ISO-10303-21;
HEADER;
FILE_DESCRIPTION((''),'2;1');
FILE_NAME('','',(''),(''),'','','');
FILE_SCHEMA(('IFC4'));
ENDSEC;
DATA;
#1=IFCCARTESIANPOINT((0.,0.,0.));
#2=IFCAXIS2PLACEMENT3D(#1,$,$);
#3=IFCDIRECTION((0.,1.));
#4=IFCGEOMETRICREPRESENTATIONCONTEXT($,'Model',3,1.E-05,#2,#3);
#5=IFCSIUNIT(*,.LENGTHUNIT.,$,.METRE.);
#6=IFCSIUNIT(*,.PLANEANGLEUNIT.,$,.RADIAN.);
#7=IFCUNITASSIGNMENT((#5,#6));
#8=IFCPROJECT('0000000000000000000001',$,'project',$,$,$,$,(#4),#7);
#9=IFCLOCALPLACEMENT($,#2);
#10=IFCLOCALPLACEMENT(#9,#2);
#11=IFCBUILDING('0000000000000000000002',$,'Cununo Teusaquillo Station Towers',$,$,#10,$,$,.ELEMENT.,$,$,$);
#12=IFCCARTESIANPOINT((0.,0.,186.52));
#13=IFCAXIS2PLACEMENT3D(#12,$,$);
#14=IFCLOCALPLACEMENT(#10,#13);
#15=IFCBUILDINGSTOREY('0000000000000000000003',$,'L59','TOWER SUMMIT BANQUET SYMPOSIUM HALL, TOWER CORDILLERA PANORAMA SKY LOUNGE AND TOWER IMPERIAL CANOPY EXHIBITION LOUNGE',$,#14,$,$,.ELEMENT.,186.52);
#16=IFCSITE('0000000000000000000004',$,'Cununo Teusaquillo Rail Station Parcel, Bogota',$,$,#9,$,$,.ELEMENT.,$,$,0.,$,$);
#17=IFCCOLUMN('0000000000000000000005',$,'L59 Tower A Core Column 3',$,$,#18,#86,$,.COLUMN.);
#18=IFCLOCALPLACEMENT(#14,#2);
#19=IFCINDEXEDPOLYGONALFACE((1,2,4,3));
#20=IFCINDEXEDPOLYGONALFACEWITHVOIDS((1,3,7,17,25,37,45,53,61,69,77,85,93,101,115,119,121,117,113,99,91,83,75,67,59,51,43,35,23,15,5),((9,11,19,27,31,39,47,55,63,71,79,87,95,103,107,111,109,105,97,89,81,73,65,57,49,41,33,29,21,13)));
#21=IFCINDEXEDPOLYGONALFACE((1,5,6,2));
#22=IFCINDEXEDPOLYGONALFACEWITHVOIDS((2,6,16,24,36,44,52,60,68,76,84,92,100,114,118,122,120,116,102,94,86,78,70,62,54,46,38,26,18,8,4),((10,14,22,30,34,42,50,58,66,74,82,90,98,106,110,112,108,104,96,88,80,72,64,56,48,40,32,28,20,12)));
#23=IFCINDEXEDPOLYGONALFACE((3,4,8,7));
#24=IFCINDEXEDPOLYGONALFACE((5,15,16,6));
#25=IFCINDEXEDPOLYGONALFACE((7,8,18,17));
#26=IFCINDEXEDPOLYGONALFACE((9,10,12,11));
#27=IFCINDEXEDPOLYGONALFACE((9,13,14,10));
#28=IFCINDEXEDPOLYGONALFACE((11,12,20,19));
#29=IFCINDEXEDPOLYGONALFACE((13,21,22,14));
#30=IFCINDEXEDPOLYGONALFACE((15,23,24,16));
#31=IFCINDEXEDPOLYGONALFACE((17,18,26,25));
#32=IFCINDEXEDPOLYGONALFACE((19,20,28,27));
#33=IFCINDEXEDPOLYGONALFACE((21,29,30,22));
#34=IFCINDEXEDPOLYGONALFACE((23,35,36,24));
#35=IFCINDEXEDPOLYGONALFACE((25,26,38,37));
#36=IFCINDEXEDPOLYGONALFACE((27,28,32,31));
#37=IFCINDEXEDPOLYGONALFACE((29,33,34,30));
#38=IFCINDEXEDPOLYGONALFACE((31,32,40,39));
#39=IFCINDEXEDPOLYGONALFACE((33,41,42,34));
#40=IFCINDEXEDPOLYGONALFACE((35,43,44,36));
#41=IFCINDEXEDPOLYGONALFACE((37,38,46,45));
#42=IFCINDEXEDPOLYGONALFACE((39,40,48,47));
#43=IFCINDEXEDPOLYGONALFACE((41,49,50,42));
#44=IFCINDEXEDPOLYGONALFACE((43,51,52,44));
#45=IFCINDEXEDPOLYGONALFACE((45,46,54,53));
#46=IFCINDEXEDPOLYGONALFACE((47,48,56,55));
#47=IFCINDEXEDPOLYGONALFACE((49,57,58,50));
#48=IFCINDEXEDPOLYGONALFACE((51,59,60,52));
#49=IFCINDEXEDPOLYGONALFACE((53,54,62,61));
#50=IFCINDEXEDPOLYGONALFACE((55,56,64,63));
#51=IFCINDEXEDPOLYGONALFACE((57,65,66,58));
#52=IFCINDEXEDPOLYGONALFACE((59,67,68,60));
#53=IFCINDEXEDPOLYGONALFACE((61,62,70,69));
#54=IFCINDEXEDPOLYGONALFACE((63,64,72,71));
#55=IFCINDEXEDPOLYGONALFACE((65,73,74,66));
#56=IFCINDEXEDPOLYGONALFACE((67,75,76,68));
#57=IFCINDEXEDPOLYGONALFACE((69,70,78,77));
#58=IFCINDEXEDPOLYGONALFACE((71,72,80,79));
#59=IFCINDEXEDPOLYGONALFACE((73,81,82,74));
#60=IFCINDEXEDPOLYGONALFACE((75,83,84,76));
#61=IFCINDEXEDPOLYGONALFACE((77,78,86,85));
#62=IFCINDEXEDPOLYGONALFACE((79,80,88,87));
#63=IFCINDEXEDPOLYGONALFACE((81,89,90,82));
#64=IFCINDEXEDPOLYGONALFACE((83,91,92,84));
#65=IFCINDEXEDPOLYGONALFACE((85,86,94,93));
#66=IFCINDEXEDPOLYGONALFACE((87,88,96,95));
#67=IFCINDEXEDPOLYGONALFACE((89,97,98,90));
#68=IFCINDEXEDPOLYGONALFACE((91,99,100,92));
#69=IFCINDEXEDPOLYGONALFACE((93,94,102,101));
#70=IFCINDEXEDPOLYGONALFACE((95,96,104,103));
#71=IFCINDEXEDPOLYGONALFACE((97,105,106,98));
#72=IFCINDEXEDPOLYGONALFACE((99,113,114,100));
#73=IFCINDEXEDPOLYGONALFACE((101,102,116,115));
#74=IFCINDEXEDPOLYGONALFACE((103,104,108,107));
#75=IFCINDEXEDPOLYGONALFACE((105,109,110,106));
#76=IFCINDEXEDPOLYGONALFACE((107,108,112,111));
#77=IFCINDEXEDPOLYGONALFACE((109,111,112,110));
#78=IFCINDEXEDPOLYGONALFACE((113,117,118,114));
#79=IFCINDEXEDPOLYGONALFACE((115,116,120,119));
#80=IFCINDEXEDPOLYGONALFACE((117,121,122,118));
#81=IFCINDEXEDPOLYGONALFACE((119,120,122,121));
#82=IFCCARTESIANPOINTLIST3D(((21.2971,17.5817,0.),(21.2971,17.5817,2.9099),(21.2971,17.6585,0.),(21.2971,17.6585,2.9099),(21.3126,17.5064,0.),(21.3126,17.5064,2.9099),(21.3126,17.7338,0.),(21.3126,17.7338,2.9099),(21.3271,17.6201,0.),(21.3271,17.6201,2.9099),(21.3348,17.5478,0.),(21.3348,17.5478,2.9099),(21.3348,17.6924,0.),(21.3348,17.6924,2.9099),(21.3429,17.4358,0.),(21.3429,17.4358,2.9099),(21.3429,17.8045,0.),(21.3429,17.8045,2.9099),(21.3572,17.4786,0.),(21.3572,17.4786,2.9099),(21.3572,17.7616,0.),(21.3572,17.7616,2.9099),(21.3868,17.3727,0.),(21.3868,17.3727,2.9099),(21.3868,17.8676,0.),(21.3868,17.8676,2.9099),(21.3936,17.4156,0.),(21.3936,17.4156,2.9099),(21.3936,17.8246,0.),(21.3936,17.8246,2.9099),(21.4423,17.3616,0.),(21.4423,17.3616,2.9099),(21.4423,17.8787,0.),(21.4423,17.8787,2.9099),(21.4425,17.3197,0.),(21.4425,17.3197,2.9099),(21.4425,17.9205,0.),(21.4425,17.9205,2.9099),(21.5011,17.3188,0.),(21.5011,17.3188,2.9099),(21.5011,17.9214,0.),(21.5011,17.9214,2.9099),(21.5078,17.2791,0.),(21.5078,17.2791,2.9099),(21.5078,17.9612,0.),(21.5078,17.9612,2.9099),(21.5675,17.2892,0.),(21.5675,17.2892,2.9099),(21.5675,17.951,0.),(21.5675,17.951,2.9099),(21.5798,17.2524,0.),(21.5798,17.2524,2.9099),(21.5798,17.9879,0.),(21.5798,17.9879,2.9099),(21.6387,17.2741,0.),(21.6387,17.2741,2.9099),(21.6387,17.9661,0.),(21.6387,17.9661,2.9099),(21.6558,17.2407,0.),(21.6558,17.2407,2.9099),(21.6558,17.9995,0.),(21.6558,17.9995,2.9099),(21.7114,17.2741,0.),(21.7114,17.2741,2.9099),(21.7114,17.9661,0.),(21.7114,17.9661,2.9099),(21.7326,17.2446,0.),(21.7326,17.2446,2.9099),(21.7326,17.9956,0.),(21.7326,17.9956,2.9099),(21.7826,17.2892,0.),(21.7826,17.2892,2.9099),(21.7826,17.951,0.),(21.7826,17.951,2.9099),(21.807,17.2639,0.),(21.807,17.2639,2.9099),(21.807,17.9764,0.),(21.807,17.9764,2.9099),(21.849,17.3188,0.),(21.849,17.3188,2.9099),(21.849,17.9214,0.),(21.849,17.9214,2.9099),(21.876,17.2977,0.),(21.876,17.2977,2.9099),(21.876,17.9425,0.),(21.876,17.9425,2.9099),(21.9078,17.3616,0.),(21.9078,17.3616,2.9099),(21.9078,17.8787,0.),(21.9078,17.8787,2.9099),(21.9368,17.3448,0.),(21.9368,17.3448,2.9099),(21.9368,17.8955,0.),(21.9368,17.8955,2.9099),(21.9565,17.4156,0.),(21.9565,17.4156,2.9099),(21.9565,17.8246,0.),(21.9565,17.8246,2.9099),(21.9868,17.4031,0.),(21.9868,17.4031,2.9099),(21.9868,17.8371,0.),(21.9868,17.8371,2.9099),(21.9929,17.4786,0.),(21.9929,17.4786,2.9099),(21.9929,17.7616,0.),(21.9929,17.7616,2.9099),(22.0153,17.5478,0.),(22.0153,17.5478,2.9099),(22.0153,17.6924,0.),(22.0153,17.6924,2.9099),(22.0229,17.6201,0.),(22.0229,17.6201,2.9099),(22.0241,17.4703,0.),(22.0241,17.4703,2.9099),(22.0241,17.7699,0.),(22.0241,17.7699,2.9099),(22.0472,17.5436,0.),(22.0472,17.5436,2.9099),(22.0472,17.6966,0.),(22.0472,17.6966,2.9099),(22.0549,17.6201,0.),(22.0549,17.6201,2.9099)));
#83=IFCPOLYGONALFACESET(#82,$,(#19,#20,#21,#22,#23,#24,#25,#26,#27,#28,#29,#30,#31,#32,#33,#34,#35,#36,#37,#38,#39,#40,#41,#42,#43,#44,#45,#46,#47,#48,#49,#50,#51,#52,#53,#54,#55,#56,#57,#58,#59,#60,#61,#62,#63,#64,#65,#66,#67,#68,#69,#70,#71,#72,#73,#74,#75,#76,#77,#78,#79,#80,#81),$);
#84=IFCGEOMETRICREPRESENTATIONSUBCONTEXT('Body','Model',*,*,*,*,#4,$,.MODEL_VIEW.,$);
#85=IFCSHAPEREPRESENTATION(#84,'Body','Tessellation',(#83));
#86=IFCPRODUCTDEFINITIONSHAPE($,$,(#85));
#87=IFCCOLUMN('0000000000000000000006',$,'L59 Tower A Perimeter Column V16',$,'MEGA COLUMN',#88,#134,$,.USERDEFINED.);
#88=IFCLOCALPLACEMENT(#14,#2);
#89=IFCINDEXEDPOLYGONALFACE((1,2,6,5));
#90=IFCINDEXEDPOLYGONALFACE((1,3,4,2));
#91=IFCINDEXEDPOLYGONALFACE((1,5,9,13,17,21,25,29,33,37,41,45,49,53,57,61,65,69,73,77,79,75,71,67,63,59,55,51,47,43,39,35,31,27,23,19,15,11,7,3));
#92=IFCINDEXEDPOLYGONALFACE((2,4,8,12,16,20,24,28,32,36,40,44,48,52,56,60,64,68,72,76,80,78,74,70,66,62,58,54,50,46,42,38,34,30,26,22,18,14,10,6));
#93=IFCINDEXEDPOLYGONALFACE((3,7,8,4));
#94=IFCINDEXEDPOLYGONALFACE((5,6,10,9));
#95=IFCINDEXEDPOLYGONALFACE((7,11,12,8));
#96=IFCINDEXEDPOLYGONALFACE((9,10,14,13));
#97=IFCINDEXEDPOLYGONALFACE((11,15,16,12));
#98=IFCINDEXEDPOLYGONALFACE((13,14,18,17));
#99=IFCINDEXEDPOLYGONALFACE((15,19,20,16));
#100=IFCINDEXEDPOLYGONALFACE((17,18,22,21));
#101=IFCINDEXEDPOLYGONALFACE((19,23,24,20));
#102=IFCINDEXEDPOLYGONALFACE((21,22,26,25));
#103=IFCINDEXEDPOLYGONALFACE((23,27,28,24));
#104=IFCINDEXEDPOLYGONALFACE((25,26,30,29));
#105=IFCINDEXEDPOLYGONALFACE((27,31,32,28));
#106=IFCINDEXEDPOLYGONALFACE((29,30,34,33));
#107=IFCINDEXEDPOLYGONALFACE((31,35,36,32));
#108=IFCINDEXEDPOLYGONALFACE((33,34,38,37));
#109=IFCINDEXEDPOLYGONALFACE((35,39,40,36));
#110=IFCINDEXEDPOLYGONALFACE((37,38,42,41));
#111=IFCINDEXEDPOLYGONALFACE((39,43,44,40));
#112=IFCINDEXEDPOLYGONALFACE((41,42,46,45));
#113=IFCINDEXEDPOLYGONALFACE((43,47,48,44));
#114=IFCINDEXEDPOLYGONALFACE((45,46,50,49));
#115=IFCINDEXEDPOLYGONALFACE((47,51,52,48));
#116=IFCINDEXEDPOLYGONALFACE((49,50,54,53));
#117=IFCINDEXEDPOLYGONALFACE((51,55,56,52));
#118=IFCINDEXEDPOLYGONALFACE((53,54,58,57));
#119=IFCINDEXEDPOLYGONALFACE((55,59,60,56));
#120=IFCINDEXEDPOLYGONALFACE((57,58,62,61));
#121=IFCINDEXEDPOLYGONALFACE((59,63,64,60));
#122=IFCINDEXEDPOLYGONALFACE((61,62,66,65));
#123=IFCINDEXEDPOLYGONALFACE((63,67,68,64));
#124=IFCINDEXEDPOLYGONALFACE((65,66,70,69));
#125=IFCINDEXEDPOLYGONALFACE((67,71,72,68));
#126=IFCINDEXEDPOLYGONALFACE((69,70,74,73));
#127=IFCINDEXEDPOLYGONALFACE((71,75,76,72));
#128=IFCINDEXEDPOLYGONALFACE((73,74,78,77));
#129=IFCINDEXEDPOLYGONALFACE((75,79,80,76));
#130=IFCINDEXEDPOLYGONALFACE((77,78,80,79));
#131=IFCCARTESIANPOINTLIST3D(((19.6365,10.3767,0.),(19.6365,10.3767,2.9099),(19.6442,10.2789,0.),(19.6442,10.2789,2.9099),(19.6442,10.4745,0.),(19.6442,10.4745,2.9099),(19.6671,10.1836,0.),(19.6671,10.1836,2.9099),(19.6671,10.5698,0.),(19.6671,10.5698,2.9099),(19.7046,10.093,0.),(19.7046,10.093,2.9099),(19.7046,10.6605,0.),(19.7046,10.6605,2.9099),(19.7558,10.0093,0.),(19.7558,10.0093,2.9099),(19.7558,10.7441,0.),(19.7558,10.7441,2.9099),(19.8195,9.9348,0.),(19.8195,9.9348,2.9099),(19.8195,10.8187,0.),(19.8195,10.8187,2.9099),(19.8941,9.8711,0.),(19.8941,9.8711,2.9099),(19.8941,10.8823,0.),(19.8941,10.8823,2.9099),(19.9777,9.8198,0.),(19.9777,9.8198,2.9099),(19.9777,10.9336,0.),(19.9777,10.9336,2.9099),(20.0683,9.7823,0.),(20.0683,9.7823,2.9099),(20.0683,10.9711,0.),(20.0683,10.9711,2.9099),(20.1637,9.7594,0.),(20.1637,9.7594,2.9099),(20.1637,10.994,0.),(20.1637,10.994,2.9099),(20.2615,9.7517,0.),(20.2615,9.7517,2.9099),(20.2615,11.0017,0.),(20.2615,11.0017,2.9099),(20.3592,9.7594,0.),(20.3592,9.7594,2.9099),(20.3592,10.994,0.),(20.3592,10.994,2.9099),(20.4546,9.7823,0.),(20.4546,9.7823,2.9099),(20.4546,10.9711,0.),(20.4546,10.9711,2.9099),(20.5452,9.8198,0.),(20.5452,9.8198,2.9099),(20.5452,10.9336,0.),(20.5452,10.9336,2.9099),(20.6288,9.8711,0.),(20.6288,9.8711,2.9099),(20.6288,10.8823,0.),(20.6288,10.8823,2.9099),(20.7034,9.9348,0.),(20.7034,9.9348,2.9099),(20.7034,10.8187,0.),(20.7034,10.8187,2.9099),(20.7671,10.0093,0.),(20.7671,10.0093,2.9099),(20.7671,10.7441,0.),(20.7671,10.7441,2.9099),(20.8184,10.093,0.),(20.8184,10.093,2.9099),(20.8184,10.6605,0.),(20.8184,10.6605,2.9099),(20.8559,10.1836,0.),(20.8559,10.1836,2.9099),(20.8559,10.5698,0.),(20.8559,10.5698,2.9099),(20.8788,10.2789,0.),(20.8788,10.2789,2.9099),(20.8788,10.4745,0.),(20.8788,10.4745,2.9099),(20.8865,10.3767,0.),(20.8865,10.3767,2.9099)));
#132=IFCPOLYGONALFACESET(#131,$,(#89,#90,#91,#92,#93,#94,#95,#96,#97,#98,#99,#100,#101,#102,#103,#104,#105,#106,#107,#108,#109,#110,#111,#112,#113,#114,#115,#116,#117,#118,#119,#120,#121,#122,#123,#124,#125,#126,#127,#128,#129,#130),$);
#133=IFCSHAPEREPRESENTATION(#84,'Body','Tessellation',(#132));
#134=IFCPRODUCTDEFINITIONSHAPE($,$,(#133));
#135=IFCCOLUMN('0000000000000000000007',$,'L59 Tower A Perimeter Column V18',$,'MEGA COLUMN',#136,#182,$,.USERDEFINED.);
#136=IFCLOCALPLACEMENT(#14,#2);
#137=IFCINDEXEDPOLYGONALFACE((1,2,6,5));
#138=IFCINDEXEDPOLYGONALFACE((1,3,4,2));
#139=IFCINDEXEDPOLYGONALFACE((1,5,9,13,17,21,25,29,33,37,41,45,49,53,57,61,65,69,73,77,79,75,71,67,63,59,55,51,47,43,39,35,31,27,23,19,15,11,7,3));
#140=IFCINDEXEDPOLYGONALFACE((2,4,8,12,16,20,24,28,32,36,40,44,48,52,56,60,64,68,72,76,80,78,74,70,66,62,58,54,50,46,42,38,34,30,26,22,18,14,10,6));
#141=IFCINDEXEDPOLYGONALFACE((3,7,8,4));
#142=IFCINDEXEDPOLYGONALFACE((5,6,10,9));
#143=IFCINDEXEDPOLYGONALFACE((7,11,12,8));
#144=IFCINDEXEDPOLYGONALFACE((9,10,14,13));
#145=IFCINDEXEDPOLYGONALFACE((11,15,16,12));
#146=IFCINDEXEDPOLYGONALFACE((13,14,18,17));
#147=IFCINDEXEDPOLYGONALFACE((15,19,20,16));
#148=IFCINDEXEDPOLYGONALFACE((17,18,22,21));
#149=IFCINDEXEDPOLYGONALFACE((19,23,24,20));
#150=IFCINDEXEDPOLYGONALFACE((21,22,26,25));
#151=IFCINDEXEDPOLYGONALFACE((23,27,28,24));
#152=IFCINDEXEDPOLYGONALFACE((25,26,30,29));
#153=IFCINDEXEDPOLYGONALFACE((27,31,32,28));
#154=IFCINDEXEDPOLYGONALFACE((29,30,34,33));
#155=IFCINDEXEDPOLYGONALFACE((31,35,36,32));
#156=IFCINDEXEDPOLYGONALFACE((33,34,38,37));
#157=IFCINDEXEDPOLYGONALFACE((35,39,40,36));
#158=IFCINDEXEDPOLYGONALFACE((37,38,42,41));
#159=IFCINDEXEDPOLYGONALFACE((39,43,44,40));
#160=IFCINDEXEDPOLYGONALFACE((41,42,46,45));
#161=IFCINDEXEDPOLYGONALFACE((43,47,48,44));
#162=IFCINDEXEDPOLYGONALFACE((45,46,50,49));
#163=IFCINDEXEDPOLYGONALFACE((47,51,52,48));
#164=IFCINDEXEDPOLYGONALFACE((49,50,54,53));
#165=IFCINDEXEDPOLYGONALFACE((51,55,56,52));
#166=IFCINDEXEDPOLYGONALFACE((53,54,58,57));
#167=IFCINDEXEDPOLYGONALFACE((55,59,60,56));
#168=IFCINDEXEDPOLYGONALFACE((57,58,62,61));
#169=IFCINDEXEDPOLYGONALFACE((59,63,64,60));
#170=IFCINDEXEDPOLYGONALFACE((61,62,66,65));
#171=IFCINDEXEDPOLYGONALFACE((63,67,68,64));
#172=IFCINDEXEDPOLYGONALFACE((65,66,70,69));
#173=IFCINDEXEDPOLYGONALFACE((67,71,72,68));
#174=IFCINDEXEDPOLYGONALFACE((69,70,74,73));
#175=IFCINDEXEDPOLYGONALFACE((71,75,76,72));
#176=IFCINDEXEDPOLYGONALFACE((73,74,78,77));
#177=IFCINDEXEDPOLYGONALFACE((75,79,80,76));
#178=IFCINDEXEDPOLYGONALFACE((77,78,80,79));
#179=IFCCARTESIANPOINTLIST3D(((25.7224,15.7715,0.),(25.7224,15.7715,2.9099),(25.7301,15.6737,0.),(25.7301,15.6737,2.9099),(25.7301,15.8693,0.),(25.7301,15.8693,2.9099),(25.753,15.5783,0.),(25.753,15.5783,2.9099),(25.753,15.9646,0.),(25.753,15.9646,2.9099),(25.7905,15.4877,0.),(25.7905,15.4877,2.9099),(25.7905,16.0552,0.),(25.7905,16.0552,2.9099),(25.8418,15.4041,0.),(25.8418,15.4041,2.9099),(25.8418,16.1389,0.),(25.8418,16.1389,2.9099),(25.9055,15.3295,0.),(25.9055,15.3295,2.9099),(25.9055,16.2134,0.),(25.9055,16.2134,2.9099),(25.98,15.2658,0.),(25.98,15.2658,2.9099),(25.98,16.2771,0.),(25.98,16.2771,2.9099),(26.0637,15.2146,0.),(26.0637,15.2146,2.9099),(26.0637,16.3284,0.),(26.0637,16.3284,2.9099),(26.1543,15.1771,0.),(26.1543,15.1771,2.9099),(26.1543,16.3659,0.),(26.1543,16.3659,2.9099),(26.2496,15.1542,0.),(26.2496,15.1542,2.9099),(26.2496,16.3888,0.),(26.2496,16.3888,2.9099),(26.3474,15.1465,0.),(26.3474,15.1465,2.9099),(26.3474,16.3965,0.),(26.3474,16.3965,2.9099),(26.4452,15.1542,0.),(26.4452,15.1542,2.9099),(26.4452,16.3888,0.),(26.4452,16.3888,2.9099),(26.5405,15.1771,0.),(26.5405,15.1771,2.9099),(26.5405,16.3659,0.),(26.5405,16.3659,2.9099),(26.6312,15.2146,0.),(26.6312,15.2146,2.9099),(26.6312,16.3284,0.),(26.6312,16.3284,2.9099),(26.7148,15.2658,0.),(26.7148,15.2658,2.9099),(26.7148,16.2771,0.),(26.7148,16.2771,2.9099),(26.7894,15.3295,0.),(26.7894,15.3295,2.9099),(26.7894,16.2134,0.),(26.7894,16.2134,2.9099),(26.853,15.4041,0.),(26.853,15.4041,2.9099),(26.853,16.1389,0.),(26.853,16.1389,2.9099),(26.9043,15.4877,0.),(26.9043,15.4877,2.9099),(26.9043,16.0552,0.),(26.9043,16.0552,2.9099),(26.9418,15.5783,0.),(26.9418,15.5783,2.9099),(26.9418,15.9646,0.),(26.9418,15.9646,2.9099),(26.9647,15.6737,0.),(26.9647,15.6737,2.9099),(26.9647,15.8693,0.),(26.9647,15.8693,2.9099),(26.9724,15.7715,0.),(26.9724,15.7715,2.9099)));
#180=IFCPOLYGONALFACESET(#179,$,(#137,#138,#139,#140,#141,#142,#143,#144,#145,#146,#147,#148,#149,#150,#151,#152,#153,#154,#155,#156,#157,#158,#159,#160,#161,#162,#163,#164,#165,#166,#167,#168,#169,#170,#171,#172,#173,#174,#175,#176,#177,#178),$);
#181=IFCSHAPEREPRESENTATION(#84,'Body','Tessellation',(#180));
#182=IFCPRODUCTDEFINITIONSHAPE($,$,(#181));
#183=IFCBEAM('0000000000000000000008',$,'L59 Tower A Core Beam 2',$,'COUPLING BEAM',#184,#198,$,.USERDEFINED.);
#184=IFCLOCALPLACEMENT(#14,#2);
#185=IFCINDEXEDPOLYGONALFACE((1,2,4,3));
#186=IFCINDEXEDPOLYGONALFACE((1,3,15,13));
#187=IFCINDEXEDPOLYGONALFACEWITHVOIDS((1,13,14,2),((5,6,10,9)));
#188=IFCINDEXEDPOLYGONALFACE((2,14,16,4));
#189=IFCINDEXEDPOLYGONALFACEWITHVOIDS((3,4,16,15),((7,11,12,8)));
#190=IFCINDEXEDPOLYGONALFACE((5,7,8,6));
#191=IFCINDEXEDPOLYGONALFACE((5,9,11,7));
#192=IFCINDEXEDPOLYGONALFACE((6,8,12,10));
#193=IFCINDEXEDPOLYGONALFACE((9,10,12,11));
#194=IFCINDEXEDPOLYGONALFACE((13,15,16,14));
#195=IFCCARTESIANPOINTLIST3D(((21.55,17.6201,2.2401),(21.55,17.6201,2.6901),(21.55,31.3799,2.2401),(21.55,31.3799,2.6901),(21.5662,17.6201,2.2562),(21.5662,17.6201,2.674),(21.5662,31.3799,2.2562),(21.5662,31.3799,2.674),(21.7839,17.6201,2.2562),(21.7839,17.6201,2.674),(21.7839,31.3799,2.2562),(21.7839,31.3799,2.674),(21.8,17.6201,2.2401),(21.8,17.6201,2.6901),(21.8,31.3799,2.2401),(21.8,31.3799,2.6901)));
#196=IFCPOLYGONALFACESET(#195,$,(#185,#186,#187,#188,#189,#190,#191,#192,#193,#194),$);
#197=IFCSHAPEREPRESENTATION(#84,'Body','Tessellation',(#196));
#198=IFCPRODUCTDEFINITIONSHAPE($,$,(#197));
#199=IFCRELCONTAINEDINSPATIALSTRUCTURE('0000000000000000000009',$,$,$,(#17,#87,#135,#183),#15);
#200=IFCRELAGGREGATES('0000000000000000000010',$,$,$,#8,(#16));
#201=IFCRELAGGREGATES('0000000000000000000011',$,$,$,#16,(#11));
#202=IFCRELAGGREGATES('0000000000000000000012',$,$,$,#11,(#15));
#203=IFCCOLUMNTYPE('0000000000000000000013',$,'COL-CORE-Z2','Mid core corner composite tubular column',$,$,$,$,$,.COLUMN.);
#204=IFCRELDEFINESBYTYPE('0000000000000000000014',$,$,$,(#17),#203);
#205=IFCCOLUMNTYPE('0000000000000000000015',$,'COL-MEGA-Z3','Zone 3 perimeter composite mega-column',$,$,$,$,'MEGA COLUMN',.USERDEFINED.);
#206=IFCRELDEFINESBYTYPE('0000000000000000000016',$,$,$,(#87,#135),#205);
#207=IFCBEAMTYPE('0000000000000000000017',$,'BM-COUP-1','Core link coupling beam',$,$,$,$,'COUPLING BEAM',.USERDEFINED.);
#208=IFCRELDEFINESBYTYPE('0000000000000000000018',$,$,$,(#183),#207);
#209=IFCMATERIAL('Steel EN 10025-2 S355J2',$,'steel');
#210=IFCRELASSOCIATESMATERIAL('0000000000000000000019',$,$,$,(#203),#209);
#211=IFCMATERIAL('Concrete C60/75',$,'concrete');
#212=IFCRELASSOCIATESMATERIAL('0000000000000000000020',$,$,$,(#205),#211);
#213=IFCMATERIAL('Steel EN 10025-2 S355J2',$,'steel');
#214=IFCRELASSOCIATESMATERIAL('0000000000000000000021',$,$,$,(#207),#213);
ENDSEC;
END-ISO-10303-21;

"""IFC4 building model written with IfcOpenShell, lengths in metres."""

from ifc_helpers import new_model, si_unit, direction, frame, origin, origin_2d, place, context, subcontext, project, spatial, hollow_rectangle, circle, hollow_circle, extrude, material, material_profile, profile_set, type_object, element, save


model = new_model("IFC4")

# Units and contexts
model_context = context("Model", 3, precision=1e-05, world=origin(), true_north=direction((0.0, 1.0)))
body_context = subcontext(model_context, "Body", "Model", "MODEL_VIEW")
ifc_project = project(units=[si_unit("LENGTHUNIT", "METRE"), si_unit("PLANEANGLEUNIT", "RADIAN")], contexts=[model_context])

# Site, building, storey
site_placement = place(None, origin())
site = spatial("IfcSite", under=ifc_project, at=site_placement, Name="Cununo Teusaquillo Rail Station Parcel, Bogota", CompositionType="ELEMENT", RefElevation=0.0)
building_placement = place(site_placement, origin())
building = spatial("IfcBuilding", under=site, at=building_placement, Name="Cununo Teusaquillo Station Towers", CompositionType="ELEMENT")
storey_placement = place(building_placement, frame((0.0, 0.0, 186.52)))
storey = spatial("IfcBuildingStorey", under=building, at=storey_placement, Name="L59", Description="TOWER SUMMIT BANQUET SYMPOSIUM HALL, TOWER CORDILLERA PANORAMA SKY LOUNGE AND TOWER IMPERIAL CANOPY EXHIBITION LOUNGE", CompositionType="ELEMENT", Elevation=186.52)

# Columns
ifc_material_1 = material(Name="Steel EN 10025-2 S355J2", Category="steel")
ifc_material_profile_1 = material_profile(ifc_material_1, hollow_circle(Radius=0.3799, WallThickness=0.032, at=origin_2d()), Name="CHS 760x32")
ifc_profile_set_1 = profile_set([ifc_material_profile_1], Name="Steel EN 10025-2 S355J2")
column_type_1 = type_object("IfcColumnType", Name="COL-CORE-Z2", Description="Mid core corner composite tubular column", PredefinedType="COLUMN", material=ifc_profile_set_1)
column_placement = place(storey_placement, frame((21.675, 17.6201, 0.0), z_axis=(0.0, 0.0, 1.0), x_axis=(1.0, 0.0, 0.0)))
element("IfcColumn", 1, at=column_placement, inside=storey, type_object=column_type_1, Name="L59 Tower A Core Column 3", PredefinedType="COLUMN", context=body_context, shape_type="SweptSolid", body=[
    extrude(hollow_circle(Radius=0.3799, WallThickness=0.032, at=origin_2d()), origin(), (0.0, 0.0, 1.0), 2.9099),
])
ifc_material_2 = material(Name="Concrete C60/75", Category="concrete")
ifc_material_profile_2 = material_profile(ifc_material_2, circle(Radius=0.625, at=origin_2d()), Name="RC-CIRC-1250")
ifc_profile_set_2 = profile_set([ifc_material_profile_2], Name="Concrete C60/75")
column_type_2 = type_object("IfcColumnType", Name="COL-MEGA-Z3", Description="Zone 3 perimeter composite mega-column", ElementType="MEGA COLUMN", PredefinedType="USERDEFINED", material=ifc_profile_set_2)
for number, where, z_axis, x_axis, name in (
    (2, (20.2615, 10.3767, 0.0), (0.0, 0.0, 1.0), (1.0, 0.0, 0.0), "L59 Tower A Perimeter Column V16"),
    (3, (26.3474, 15.7715, 0.0), (0.0, 0.0, 1.0), (1.0, 0.0, 0.0), "L59 Tower A Perimeter Column V18"),
):
    element("IfcColumn", number, at=place(storey_placement, frame(where, z_axis=z_axis, x_axis=x_axis)), inside=storey, type_object=column_type_2, Name=name, ObjectType="MEGA COLUMN", PredefinedType="USERDEFINED", context=body_context, shape_type="SweptSolid", body=[
        extrude(circle(Radius=0.625, at=origin_2d()), origin(), (0.0, 0.0, 1.0), 2.9099),
    ])

# Beam
ifc_material_3 = material(Name="Steel EN 10025-2 S355J2", Category="steel")
ifc_material_profile_3 = material_profile(ifc_material_3, hollow_rectangle(XDim=0.25, YDim=0.45, WallThickness=0.0161, at=origin_2d()), Name="RHS 450x250x16")
ifc_profile_set_3 = profile_set([ifc_material_profile_3], Name="Steel EN 10025-2 S355J2")
beam_type_1 = type_object("IfcBeamType", Name="BM-COUP-1", Description="Core link coupling beam", ElementType="COUPLING BEAM", PredefinedType="USERDEFINED", material=ifc_profile_set_3)
beam_1_placement = place(storey_placement, frame((21.675, 17.6201, 2.4651), z_axis=(0.0, 1.0, 0.0), x_axis=(-1.0, 0.0, 0.0)))
element("IfcBeam", 4, at=beam_1_placement, inside=storey, type_object=beam_type_1, Name="L59 Tower A Core Beam 2", ObjectType="COUPLING BEAM", PredefinedType="USERDEFINED", context=body_context, shape_type="SweptSolid", body=[
    extrude(hollow_rectangle(XDim=0.25, YDim=0.45, WallThickness=0.0161, at=origin_2d()), origin(), (0.0, 0.0, 1.0), 13.7598),
])

save(model, "model.ifc")
